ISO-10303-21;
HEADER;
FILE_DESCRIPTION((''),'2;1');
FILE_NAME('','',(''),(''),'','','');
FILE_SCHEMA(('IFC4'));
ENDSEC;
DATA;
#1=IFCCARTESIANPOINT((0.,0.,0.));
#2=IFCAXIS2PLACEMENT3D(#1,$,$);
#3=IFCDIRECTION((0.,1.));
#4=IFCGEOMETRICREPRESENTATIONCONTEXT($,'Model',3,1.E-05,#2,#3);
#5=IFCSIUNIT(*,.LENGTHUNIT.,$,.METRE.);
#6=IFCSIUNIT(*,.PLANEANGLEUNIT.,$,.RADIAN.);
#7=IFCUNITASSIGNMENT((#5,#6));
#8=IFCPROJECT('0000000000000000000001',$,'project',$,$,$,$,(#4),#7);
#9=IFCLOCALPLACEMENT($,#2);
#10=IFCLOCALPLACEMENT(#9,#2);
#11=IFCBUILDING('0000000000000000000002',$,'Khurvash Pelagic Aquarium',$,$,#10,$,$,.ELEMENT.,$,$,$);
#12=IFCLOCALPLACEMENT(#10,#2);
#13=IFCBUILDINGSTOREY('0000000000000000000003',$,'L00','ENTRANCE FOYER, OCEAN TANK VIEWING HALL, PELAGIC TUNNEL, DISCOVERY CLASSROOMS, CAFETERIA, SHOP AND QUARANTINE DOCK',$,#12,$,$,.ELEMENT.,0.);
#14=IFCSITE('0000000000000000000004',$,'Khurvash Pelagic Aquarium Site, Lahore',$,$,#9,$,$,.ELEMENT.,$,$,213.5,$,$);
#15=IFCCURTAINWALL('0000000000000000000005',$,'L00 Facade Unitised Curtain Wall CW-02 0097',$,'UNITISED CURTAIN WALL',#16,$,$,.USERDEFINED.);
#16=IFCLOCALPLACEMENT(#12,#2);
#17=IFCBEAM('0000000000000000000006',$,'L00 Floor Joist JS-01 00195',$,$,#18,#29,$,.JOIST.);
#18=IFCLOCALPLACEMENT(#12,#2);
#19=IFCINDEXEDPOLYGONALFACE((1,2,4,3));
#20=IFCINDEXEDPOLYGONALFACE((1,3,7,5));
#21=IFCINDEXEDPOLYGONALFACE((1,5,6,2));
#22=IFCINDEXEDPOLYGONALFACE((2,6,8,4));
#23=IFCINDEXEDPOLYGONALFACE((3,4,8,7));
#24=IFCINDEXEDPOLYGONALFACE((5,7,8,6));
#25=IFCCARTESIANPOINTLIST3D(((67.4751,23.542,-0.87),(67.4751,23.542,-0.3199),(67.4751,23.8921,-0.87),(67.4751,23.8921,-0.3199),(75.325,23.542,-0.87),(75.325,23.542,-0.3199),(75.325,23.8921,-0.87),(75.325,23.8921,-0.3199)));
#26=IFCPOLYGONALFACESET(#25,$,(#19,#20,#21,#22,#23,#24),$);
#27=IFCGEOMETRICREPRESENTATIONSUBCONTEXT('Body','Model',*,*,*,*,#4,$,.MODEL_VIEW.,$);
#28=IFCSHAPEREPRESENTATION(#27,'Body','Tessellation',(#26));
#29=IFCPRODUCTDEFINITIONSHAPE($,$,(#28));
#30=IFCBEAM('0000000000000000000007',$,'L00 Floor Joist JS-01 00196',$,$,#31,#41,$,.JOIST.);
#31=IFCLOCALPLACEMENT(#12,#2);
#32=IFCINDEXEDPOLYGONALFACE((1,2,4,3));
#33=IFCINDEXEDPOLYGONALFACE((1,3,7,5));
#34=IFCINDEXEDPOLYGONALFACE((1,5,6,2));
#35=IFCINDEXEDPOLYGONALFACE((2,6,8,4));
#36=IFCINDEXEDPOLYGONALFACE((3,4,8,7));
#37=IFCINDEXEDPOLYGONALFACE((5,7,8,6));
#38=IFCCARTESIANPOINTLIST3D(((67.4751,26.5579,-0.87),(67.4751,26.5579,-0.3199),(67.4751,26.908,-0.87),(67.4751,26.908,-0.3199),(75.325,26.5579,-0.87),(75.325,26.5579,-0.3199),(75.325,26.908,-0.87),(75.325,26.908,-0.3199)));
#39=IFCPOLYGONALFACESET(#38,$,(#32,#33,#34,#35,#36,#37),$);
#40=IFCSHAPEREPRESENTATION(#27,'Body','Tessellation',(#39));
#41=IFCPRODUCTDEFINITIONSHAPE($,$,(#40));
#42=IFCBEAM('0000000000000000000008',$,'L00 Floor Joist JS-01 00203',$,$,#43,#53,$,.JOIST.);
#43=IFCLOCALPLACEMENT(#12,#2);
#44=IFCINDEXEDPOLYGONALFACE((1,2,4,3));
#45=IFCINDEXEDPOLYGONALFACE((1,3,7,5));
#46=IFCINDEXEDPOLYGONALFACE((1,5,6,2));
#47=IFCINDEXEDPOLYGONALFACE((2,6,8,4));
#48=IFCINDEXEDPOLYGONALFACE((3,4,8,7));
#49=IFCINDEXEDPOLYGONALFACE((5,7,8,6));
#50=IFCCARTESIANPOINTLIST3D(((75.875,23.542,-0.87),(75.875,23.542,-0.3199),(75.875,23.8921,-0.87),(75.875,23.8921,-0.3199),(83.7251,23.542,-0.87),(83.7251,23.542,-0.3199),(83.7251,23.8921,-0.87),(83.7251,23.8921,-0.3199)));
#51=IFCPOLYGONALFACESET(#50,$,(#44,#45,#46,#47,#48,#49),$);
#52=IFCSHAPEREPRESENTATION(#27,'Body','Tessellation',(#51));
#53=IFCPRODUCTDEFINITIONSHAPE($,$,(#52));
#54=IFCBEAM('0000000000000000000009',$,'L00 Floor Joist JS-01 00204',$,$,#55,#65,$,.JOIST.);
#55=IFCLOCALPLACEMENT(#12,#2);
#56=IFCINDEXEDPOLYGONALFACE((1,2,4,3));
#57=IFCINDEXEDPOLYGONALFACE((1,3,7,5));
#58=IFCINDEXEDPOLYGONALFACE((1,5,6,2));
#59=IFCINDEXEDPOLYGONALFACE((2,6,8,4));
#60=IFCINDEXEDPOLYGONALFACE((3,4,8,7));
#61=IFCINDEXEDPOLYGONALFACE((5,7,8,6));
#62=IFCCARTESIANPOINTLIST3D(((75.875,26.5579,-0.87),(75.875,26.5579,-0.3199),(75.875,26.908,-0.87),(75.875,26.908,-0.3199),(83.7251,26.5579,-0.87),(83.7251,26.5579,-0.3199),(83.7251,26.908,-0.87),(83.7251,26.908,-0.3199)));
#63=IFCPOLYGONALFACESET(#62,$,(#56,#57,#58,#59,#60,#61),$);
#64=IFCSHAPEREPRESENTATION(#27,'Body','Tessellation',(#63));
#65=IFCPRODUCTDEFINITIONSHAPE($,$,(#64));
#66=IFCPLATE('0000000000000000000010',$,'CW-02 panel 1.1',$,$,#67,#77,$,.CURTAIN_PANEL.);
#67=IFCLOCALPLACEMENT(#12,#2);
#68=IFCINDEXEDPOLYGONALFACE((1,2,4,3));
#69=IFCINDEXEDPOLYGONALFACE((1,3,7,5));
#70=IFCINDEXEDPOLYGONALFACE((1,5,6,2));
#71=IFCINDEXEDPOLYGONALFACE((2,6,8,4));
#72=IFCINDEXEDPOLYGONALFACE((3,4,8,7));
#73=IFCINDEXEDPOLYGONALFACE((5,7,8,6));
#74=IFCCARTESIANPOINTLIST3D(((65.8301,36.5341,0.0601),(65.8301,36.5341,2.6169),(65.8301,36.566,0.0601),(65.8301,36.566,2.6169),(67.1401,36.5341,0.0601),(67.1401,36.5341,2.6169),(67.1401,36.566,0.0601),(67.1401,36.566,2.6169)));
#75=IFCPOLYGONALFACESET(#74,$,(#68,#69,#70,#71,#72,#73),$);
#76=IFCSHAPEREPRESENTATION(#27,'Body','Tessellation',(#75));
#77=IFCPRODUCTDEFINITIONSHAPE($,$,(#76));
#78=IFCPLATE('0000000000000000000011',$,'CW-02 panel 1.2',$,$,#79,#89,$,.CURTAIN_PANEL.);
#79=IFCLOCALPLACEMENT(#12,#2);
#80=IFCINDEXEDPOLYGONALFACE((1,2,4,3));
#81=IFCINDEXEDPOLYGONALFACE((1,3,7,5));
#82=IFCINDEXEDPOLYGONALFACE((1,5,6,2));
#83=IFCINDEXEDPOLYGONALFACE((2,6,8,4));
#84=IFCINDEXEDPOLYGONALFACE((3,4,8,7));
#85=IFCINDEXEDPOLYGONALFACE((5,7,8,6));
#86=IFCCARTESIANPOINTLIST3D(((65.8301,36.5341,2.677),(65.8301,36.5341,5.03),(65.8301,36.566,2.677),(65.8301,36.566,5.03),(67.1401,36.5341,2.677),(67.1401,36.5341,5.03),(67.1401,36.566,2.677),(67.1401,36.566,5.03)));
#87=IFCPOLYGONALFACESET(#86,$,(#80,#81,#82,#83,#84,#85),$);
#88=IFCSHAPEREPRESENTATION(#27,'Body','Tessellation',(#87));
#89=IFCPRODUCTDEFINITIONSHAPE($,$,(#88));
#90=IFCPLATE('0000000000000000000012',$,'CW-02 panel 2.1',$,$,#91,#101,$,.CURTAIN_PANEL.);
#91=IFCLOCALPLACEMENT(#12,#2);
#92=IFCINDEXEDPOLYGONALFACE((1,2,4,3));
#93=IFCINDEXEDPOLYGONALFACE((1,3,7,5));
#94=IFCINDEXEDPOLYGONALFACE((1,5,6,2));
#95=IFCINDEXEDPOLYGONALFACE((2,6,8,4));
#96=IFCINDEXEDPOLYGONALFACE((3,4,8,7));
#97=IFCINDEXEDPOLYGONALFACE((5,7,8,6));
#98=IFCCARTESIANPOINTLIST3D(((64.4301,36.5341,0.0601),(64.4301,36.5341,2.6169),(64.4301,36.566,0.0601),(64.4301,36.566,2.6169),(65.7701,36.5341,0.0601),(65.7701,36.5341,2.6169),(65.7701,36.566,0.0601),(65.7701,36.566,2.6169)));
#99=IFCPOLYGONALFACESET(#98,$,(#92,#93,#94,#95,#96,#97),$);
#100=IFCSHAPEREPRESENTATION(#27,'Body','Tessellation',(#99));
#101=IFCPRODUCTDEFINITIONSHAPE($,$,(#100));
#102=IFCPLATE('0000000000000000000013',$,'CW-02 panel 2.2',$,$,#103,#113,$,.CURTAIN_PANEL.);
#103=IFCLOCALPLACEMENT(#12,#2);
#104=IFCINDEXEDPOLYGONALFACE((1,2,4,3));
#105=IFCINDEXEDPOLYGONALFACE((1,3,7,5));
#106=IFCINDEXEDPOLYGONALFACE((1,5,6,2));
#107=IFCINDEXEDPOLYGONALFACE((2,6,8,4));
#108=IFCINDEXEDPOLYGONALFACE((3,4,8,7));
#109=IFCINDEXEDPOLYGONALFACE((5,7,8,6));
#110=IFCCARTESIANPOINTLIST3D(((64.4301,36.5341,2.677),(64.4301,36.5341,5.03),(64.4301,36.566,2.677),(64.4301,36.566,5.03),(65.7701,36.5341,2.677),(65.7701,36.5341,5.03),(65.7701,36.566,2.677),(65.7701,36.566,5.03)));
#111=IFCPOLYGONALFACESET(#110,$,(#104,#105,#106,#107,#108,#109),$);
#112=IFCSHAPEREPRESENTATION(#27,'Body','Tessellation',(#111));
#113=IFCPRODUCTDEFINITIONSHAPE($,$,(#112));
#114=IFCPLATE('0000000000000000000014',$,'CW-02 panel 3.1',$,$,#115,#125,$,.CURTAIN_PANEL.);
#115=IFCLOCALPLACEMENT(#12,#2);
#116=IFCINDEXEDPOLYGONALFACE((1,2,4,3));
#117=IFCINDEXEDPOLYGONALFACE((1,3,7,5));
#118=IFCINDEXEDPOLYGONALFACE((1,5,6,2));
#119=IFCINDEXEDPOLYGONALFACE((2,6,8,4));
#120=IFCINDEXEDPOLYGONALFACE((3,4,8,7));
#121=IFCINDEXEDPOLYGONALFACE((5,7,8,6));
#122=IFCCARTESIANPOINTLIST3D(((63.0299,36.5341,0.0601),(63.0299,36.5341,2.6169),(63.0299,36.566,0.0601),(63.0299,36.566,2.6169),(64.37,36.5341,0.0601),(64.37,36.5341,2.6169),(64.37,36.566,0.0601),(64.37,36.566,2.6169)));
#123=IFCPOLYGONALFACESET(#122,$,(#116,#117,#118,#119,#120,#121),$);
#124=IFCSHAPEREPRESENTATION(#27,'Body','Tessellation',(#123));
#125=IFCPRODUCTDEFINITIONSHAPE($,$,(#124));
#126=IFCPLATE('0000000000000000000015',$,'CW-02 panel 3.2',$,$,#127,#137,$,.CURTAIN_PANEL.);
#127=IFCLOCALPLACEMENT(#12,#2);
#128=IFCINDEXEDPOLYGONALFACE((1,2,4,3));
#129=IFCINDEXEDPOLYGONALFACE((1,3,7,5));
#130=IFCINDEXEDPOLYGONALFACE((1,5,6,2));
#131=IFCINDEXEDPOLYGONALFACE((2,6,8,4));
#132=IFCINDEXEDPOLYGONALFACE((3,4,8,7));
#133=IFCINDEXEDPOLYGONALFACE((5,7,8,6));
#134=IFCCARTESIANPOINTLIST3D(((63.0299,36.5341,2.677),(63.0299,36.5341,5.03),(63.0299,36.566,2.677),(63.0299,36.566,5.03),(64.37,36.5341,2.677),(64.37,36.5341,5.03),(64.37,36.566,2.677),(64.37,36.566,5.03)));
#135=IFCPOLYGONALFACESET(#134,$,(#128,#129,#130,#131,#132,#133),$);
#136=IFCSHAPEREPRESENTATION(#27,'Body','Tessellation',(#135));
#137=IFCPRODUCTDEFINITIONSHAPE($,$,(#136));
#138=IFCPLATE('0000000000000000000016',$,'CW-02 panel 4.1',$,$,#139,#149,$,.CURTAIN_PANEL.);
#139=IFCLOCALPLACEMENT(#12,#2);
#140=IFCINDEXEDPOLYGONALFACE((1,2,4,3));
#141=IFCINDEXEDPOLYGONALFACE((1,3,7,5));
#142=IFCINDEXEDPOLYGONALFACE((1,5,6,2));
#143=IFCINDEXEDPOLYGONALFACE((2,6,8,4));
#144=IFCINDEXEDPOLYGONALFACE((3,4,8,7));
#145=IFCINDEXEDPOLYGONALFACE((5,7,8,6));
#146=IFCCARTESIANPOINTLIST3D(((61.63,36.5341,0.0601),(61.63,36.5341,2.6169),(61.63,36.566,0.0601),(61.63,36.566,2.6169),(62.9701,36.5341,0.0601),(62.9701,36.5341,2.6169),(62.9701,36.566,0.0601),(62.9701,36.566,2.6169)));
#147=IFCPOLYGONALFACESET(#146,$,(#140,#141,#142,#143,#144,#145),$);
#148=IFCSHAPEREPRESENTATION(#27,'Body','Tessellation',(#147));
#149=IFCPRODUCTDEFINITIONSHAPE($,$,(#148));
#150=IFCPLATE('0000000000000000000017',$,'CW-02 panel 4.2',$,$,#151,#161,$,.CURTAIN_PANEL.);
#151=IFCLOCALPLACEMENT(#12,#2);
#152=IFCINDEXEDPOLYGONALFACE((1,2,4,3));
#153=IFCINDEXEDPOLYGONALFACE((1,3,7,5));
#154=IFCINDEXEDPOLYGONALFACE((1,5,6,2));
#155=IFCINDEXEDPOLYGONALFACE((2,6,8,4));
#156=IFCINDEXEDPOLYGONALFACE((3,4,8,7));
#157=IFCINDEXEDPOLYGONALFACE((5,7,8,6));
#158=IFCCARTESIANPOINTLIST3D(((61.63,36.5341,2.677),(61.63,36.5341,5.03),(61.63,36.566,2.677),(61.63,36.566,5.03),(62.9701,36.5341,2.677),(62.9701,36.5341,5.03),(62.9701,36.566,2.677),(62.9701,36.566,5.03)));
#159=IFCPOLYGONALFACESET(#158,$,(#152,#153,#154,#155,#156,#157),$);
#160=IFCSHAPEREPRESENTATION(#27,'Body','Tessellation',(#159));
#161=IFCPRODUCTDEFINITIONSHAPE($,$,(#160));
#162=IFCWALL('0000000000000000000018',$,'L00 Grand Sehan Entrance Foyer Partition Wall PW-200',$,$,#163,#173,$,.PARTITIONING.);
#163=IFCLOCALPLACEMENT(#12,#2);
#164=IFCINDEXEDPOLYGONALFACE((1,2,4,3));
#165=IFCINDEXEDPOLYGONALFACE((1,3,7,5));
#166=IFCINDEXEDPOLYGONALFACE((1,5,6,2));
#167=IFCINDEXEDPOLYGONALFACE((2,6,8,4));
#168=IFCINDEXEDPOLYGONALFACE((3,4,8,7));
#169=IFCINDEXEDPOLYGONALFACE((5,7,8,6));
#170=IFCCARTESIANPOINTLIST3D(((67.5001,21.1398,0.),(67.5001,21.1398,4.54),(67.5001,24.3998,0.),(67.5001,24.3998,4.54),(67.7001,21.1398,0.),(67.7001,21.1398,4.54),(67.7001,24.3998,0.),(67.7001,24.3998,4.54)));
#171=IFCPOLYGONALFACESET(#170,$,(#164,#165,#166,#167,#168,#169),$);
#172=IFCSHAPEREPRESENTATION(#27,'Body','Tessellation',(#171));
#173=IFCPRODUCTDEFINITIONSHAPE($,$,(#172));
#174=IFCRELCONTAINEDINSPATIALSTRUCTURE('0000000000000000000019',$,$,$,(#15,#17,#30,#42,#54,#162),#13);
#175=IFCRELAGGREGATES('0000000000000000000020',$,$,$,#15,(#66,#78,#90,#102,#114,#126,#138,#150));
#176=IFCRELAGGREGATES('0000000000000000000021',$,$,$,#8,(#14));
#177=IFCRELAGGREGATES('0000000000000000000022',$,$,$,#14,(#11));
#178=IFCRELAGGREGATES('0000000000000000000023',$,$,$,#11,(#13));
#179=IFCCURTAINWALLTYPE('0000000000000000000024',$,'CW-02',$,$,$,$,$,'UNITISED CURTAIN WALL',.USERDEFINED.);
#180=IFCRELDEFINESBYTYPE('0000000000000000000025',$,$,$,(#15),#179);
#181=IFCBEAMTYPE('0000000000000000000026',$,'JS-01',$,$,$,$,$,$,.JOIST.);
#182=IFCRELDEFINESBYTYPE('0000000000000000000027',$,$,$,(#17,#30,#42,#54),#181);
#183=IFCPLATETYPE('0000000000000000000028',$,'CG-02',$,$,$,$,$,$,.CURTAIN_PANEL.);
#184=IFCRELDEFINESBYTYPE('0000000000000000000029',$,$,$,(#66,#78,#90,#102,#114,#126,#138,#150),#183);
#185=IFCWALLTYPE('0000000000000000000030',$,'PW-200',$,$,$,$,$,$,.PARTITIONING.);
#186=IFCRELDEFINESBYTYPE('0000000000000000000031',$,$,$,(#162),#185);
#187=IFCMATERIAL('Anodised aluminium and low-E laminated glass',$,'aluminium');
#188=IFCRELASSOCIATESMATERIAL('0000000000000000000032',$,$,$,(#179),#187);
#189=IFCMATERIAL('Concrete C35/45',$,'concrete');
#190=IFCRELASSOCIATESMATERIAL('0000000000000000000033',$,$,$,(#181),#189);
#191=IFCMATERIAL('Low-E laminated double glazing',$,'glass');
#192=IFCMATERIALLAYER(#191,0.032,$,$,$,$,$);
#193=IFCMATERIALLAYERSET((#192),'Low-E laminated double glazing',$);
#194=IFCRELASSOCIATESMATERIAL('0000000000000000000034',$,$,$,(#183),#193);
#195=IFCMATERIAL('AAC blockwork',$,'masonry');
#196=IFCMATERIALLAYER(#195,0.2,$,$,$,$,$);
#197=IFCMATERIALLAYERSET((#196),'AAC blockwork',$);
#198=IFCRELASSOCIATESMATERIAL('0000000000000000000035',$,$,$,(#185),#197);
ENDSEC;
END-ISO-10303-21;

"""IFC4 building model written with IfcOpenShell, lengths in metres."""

from ifc_helpers import new_model, si_unit, direction, frame, frame_2d, origin, origin_2d, place, context, subcontext, project, spatial, rectangle, extrude, material, layer, layer_set, material_profile, profile_set, type_object, element, aggregate, save


model = new_model("IFC4")

# Units and contexts
model_context = context("Model", 3, precision=1e-05, world=origin(), true_north=direction((0.0, 1.0)))
body_context = subcontext(model_context, "Body", "Model", "MODEL_VIEW")
ifc_project = project(units=[si_unit("LENGTHUNIT", "METRE"), si_unit("PLANEANGLEUNIT", "RADIAN")], contexts=[model_context])

# Site, building, storey
site_placement = place(None, origin())
site = spatial("IfcSite", under=ifc_project, at=site_placement, Name="Khurvash Pelagic Aquarium Site, Lahore", CompositionType="ELEMENT", RefElevation=213.5)
building_placement = place(site_placement, origin())
building = spatial("IfcBuilding", under=site, at=building_placement, Name="Khurvash Pelagic Aquarium", CompositionType="ELEMENT")
storey_placement = place(building_placement, origin())
storey = spatial("IfcBuildingStorey", under=building, at=storey_placement, Name="L00", Description="ENTRANCE FOYER, OCEAN TANK VIEWING HALL, PELAGIC TUNNEL, DISCOVERY CLASSROOMS, CAFETERIA, SHOP AND QUARANTINE DOCK", CompositionType="ELEMENT", Elevation=0.0)

# Curtain wall
ifc_material_1 = material(Name="Anodised aluminium and low-E laminated glass", Category="aluminium")
curtain_wall_type = type_object("IfcCurtainWallType", Name="CW-02", ElementType="UNITISED CURTAIN WALL", PredefinedType="USERDEFINED", material=ifc_material_1)
curtain_wall_placement = place(storey_placement, origin())
curtain_wall = element("IfcCurtainWall", 1, at=curtain_wall_placement, inside=storey, type_object=curtain_wall_type, Name="L00 Facade Unitised Curtain Wall CW-02 0097", ObjectType="UNITISED CURTAIN WALL", PredefinedType="USERDEFINED")

# Beams
ifc_material_2 = material(Name="Concrete C35/45", Category="concrete")
ifc_material_profile_1 = material_profile(ifc_material_2, rectangle(XDim=0.3501, YDim=0.55, at=origin_2d()), Name="RC350X550")
ifc_profile_set_1 = profile_set([ifc_material_profile_1], Name="Concrete C35/45")
beam_type_1 = type_object("IfcBeamType", Name="JS-01", PredefinedType="JOIST", material=ifc_profile_set_1)
for number, where, z_axis, x_axis, name in (
    (2, (67.4751, 23.717, -0.595), (1.0, 0.0, 0.0), (0.0, 1.0, 0.0), "L00 Floor Joist JS-01 00195"),
    (3, (67.4751, 26.7329, -0.595), (1.0, 0.0, 0.0), (0.0, 1.0, 0.0), "L00 Floor Joist JS-01 00196"),
):
    element("IfcBeam", number, at=place(storey_placement, frame(where, z_axis=z_axis, x_axis=x_axis)), inside=storey, type_object=beam_type_1, Name=name, PredefinedType="JOIST", context=body_context, shape_type="SweptSolid", body=[
        extrude(rectangle(XDim=0.3501, YDim=0.55, at=origin_2d()), origin(), (0.0, 0.0, 1.0), 7.8499),
    ])
for number, where, z_axis, x_axis, name in (
    (4, (75.875, 23.717, -0.595), (1.0, 0.0, 0.0), (0.0, 1.0, 0.0), "L00 Floor Joist JS-01 00203"),
    (5, (75.875, 26.7329, -0.595), (1.0, 0.0, 0.0), (0.0, 1.0, 0.0), "L00 Floor Joist JS-01 00204"),
):
    element("IfcBeam", number, at=place(storey_placement, frame(where, z_axis=z_axis, x_axis=x_axis)), inside=storey, type_object=beam_type_1, Name=name, PredefinedType="JOIST", context=body_context, shape_type="SweptSolid", body=[
        extrude(rectangle(XDim=0.3501, YDim=0.55, at=origin_2d()), origin(), (0.0, 0.0, 1.0), 7.8501),
    ])

# Plates
ifc_material_3 = material(Name="Low-E laminated double glazing", Category="glass")
ifc_layer_1 = layer(ifc_material_3, 0.032)
ifc_layer_set_1 = layer_set([ifc_layer_1], Name="Low-E laminated double glazing")
plate_type = type_object("IfcPlateType", Name="CG-02", PredefinedType="CURTAIN_PANEL", material=ifc_layer_set_1)
plate_1_placement = place(storey_placement, frame((66.4851, 36.55, 0.0601), z_axis=(0.0, 0.0, 1.0), x_axis=(-1.0, 0.0, 0.0)))
plate_1 = element("IfcPlate", 6, at=plate_1_placement, type_object=plate_type, Name="CW-02 panel 1.1", PredefinedType="CURTAIN_PANEL", context=body_context, shape_type="SweptSolid", body=[
    extrude(rectangle(XDim=1.3101, YDim=0.032, at=origin_2d()), origin(), (0.0, 0.0, 1.0), 2.5569),
])
plate_2_placement = place(storey_placement, frame((66.4851, 36.55, 2.677), z_axis=(0.0, 0.0, 1.0), x_axis=(-1.0, 0.0, 0.0)))
plate_2 = element("IfcPlate", 7, at=plate_2_placement, type_object=plate_type, Name="CW-02 panel 1.2", PredefinedType="CURTAIN_PANEL", context=body_context, shape_type="SweptSolid", body=[
    extrude(rectangle(XDim=1.3101, YDim=0.032, at=origin_2d()), origin(), (0.0, 0.0, 1.0), 2.353),
])
plate_3_placement = place(storey_placement, frame((65.1001, 36.55, 0.0601), z_axis=(0.0, 0.0, 1.0), x_axis=(-1.0, 0.0, 0.0)))
plate_3 = element("IfcPlate", 8, at=plate_3_placement, type_object=plate_type, Name="CW-02 panel 2.1", PredefinedType="CURTAIN_PANEL", context=body_context, shape_type="SweptSolid", body=[
    extrude(rectangle(XDim=1.3401, YDim=0.032, at=origin_2d()), origin(), (0.0, 0.0, 1.0), 2.5569),
])
plate_4_placement = place(storey_placement, frame((65.1001, 36.55, 2.677), z_axis=(0.0, 0.0, 1.0), x_axis=(-1.0, 0.0, 0.0)))
plate_4 = element("IfcPlate", 9, at=plate_4_placement, type_object=plate_type, Name="CW-02 panel 2.2", PredefinedType="CURTAIN_PANEL", context=body_context, shape_type="SweptSolid", body=[
    extrude(rectangle(XDim=1.3401, YDim=0.032, at=origin_2d()), origin(), (0.0, 0.0, 1.0), 2.353),
])
plate_5_placement = place(storey_placement, frame((63.7, 36.55, 0.0601), z_axis=(0.0, 0.0, 1.0), x_axis=(-1.0, 0.0, 0.0)))
plate_5 = element("IfcPlate", 10, at=plate_5_placement, type_object=plate_type, Name="CW-02 panel 3.1", PredefinedType="CURTAIN_PANEL", context=body_context, shape_type="SweptSolid", body=[
    extrude(rectangle(XDim=1.3401, YDim=0.032, at=origin_2d()), origin(), (0.0, 0.0, 1.0), 2.5569),
])
plate_6_placement = place(storey_placement, frame((63.7, 36.55, 2.677), z_axis=(0.0, 0.0, 1.0), x_axis=(-1.0, 0.0, 0.0)))
plate_6 = element("IfcPlate", 11, at=plate_6_placement, type_object=plate_type, Name="CW-02 panel 3.2", PredefinedType="CURTAIN_PANEL", context=body_context, shape_type="SweptSolid", body=[
    extrude(rectangle(XDim=1.3401, YDim=0.032, at=origin_2d()), origin(), (0.0, 0.0, 1.0), 2.353),
])
plate_7_placement = place(storey_placement, frame((62.3, 36.55, 0.0601), z_axis=(0.0, 0.0, 1.0), x_axis=(-1.0, 0.0, 0.0)))
plate_7 = element("IfcPlate", 12, at=plate_7_placement, type_object=plate_type, Name="CW-02 panel 4.1", PredefinedType="CURTAIN_PANEL", context=body_context, shape_type="SweptSolid", body=[
    extrude(rectangle(XDim=1.3401, YDim=0.032, at=origin_2d()), origin(), (0.0, 0.0, 1.0), 2.5569),
])
plate_8_placement = place(storey_placement, frame((62.3, 36.55, 2.677), z_axis=(0.0, 0.0, 1.0), x_axis=(-1.0, 0.0, 0.0)))
plate_8 = element("IfcPlate", 13, at=plate_8_placement, type_object=plate_type, Name="CW-02 panel 4.2", PredefinedType="CURTAIN_PANEL", context=body_context, shape_type="SweptSolid", body=[
    extrude(rectangle(XDim=1.3401, YDim=0.032, at=origin_2d()), origin(), (0.0, 0.0, 1.0), 2.353),
])
aggregate(curtain_wall, [plate_1, plate_2, plate_3, plate_4, plate_5, plate_6, plate_7, plate_8])

# Wall
ifc_material_4 = material(Name="AAC blockwork", Category="masonry")
ifc_layer_2 = layer(ifc_material_4, 0.2)
ifc_layer_set_2 = layer_set([ifc_layer_2], Name="AAC blockwork")
wall_type = type_object("IfcWallType", Name="PW-200", PredefinedType="PARTITIONING", material=ifc_layer_set_2)
wall_1_placement = place(storey_placement, frame((67.6001, 21.1399, 0.0), z_axis=(0.0, 0.0, 1.0), x_axis=(0.0, 1.0, 0.0)))
element("IfcWall", 14, at=wall_1_placement, inside=storey, type_object=wall_type, Name="L00 Grand Sehan Entrance Foyer Partition Wall PW-200", PredefinedType="PARTITIONING", context=body_context, shape_type="SweptSolid", body=[
    extrude(rectangle(XDim=3.26, YDim=0.2, at=frame_2d((1.6299, 0.0))), origin(), (0.0, 0.0, 1.0), 4.54),
])

save(model, "model.ifc")
